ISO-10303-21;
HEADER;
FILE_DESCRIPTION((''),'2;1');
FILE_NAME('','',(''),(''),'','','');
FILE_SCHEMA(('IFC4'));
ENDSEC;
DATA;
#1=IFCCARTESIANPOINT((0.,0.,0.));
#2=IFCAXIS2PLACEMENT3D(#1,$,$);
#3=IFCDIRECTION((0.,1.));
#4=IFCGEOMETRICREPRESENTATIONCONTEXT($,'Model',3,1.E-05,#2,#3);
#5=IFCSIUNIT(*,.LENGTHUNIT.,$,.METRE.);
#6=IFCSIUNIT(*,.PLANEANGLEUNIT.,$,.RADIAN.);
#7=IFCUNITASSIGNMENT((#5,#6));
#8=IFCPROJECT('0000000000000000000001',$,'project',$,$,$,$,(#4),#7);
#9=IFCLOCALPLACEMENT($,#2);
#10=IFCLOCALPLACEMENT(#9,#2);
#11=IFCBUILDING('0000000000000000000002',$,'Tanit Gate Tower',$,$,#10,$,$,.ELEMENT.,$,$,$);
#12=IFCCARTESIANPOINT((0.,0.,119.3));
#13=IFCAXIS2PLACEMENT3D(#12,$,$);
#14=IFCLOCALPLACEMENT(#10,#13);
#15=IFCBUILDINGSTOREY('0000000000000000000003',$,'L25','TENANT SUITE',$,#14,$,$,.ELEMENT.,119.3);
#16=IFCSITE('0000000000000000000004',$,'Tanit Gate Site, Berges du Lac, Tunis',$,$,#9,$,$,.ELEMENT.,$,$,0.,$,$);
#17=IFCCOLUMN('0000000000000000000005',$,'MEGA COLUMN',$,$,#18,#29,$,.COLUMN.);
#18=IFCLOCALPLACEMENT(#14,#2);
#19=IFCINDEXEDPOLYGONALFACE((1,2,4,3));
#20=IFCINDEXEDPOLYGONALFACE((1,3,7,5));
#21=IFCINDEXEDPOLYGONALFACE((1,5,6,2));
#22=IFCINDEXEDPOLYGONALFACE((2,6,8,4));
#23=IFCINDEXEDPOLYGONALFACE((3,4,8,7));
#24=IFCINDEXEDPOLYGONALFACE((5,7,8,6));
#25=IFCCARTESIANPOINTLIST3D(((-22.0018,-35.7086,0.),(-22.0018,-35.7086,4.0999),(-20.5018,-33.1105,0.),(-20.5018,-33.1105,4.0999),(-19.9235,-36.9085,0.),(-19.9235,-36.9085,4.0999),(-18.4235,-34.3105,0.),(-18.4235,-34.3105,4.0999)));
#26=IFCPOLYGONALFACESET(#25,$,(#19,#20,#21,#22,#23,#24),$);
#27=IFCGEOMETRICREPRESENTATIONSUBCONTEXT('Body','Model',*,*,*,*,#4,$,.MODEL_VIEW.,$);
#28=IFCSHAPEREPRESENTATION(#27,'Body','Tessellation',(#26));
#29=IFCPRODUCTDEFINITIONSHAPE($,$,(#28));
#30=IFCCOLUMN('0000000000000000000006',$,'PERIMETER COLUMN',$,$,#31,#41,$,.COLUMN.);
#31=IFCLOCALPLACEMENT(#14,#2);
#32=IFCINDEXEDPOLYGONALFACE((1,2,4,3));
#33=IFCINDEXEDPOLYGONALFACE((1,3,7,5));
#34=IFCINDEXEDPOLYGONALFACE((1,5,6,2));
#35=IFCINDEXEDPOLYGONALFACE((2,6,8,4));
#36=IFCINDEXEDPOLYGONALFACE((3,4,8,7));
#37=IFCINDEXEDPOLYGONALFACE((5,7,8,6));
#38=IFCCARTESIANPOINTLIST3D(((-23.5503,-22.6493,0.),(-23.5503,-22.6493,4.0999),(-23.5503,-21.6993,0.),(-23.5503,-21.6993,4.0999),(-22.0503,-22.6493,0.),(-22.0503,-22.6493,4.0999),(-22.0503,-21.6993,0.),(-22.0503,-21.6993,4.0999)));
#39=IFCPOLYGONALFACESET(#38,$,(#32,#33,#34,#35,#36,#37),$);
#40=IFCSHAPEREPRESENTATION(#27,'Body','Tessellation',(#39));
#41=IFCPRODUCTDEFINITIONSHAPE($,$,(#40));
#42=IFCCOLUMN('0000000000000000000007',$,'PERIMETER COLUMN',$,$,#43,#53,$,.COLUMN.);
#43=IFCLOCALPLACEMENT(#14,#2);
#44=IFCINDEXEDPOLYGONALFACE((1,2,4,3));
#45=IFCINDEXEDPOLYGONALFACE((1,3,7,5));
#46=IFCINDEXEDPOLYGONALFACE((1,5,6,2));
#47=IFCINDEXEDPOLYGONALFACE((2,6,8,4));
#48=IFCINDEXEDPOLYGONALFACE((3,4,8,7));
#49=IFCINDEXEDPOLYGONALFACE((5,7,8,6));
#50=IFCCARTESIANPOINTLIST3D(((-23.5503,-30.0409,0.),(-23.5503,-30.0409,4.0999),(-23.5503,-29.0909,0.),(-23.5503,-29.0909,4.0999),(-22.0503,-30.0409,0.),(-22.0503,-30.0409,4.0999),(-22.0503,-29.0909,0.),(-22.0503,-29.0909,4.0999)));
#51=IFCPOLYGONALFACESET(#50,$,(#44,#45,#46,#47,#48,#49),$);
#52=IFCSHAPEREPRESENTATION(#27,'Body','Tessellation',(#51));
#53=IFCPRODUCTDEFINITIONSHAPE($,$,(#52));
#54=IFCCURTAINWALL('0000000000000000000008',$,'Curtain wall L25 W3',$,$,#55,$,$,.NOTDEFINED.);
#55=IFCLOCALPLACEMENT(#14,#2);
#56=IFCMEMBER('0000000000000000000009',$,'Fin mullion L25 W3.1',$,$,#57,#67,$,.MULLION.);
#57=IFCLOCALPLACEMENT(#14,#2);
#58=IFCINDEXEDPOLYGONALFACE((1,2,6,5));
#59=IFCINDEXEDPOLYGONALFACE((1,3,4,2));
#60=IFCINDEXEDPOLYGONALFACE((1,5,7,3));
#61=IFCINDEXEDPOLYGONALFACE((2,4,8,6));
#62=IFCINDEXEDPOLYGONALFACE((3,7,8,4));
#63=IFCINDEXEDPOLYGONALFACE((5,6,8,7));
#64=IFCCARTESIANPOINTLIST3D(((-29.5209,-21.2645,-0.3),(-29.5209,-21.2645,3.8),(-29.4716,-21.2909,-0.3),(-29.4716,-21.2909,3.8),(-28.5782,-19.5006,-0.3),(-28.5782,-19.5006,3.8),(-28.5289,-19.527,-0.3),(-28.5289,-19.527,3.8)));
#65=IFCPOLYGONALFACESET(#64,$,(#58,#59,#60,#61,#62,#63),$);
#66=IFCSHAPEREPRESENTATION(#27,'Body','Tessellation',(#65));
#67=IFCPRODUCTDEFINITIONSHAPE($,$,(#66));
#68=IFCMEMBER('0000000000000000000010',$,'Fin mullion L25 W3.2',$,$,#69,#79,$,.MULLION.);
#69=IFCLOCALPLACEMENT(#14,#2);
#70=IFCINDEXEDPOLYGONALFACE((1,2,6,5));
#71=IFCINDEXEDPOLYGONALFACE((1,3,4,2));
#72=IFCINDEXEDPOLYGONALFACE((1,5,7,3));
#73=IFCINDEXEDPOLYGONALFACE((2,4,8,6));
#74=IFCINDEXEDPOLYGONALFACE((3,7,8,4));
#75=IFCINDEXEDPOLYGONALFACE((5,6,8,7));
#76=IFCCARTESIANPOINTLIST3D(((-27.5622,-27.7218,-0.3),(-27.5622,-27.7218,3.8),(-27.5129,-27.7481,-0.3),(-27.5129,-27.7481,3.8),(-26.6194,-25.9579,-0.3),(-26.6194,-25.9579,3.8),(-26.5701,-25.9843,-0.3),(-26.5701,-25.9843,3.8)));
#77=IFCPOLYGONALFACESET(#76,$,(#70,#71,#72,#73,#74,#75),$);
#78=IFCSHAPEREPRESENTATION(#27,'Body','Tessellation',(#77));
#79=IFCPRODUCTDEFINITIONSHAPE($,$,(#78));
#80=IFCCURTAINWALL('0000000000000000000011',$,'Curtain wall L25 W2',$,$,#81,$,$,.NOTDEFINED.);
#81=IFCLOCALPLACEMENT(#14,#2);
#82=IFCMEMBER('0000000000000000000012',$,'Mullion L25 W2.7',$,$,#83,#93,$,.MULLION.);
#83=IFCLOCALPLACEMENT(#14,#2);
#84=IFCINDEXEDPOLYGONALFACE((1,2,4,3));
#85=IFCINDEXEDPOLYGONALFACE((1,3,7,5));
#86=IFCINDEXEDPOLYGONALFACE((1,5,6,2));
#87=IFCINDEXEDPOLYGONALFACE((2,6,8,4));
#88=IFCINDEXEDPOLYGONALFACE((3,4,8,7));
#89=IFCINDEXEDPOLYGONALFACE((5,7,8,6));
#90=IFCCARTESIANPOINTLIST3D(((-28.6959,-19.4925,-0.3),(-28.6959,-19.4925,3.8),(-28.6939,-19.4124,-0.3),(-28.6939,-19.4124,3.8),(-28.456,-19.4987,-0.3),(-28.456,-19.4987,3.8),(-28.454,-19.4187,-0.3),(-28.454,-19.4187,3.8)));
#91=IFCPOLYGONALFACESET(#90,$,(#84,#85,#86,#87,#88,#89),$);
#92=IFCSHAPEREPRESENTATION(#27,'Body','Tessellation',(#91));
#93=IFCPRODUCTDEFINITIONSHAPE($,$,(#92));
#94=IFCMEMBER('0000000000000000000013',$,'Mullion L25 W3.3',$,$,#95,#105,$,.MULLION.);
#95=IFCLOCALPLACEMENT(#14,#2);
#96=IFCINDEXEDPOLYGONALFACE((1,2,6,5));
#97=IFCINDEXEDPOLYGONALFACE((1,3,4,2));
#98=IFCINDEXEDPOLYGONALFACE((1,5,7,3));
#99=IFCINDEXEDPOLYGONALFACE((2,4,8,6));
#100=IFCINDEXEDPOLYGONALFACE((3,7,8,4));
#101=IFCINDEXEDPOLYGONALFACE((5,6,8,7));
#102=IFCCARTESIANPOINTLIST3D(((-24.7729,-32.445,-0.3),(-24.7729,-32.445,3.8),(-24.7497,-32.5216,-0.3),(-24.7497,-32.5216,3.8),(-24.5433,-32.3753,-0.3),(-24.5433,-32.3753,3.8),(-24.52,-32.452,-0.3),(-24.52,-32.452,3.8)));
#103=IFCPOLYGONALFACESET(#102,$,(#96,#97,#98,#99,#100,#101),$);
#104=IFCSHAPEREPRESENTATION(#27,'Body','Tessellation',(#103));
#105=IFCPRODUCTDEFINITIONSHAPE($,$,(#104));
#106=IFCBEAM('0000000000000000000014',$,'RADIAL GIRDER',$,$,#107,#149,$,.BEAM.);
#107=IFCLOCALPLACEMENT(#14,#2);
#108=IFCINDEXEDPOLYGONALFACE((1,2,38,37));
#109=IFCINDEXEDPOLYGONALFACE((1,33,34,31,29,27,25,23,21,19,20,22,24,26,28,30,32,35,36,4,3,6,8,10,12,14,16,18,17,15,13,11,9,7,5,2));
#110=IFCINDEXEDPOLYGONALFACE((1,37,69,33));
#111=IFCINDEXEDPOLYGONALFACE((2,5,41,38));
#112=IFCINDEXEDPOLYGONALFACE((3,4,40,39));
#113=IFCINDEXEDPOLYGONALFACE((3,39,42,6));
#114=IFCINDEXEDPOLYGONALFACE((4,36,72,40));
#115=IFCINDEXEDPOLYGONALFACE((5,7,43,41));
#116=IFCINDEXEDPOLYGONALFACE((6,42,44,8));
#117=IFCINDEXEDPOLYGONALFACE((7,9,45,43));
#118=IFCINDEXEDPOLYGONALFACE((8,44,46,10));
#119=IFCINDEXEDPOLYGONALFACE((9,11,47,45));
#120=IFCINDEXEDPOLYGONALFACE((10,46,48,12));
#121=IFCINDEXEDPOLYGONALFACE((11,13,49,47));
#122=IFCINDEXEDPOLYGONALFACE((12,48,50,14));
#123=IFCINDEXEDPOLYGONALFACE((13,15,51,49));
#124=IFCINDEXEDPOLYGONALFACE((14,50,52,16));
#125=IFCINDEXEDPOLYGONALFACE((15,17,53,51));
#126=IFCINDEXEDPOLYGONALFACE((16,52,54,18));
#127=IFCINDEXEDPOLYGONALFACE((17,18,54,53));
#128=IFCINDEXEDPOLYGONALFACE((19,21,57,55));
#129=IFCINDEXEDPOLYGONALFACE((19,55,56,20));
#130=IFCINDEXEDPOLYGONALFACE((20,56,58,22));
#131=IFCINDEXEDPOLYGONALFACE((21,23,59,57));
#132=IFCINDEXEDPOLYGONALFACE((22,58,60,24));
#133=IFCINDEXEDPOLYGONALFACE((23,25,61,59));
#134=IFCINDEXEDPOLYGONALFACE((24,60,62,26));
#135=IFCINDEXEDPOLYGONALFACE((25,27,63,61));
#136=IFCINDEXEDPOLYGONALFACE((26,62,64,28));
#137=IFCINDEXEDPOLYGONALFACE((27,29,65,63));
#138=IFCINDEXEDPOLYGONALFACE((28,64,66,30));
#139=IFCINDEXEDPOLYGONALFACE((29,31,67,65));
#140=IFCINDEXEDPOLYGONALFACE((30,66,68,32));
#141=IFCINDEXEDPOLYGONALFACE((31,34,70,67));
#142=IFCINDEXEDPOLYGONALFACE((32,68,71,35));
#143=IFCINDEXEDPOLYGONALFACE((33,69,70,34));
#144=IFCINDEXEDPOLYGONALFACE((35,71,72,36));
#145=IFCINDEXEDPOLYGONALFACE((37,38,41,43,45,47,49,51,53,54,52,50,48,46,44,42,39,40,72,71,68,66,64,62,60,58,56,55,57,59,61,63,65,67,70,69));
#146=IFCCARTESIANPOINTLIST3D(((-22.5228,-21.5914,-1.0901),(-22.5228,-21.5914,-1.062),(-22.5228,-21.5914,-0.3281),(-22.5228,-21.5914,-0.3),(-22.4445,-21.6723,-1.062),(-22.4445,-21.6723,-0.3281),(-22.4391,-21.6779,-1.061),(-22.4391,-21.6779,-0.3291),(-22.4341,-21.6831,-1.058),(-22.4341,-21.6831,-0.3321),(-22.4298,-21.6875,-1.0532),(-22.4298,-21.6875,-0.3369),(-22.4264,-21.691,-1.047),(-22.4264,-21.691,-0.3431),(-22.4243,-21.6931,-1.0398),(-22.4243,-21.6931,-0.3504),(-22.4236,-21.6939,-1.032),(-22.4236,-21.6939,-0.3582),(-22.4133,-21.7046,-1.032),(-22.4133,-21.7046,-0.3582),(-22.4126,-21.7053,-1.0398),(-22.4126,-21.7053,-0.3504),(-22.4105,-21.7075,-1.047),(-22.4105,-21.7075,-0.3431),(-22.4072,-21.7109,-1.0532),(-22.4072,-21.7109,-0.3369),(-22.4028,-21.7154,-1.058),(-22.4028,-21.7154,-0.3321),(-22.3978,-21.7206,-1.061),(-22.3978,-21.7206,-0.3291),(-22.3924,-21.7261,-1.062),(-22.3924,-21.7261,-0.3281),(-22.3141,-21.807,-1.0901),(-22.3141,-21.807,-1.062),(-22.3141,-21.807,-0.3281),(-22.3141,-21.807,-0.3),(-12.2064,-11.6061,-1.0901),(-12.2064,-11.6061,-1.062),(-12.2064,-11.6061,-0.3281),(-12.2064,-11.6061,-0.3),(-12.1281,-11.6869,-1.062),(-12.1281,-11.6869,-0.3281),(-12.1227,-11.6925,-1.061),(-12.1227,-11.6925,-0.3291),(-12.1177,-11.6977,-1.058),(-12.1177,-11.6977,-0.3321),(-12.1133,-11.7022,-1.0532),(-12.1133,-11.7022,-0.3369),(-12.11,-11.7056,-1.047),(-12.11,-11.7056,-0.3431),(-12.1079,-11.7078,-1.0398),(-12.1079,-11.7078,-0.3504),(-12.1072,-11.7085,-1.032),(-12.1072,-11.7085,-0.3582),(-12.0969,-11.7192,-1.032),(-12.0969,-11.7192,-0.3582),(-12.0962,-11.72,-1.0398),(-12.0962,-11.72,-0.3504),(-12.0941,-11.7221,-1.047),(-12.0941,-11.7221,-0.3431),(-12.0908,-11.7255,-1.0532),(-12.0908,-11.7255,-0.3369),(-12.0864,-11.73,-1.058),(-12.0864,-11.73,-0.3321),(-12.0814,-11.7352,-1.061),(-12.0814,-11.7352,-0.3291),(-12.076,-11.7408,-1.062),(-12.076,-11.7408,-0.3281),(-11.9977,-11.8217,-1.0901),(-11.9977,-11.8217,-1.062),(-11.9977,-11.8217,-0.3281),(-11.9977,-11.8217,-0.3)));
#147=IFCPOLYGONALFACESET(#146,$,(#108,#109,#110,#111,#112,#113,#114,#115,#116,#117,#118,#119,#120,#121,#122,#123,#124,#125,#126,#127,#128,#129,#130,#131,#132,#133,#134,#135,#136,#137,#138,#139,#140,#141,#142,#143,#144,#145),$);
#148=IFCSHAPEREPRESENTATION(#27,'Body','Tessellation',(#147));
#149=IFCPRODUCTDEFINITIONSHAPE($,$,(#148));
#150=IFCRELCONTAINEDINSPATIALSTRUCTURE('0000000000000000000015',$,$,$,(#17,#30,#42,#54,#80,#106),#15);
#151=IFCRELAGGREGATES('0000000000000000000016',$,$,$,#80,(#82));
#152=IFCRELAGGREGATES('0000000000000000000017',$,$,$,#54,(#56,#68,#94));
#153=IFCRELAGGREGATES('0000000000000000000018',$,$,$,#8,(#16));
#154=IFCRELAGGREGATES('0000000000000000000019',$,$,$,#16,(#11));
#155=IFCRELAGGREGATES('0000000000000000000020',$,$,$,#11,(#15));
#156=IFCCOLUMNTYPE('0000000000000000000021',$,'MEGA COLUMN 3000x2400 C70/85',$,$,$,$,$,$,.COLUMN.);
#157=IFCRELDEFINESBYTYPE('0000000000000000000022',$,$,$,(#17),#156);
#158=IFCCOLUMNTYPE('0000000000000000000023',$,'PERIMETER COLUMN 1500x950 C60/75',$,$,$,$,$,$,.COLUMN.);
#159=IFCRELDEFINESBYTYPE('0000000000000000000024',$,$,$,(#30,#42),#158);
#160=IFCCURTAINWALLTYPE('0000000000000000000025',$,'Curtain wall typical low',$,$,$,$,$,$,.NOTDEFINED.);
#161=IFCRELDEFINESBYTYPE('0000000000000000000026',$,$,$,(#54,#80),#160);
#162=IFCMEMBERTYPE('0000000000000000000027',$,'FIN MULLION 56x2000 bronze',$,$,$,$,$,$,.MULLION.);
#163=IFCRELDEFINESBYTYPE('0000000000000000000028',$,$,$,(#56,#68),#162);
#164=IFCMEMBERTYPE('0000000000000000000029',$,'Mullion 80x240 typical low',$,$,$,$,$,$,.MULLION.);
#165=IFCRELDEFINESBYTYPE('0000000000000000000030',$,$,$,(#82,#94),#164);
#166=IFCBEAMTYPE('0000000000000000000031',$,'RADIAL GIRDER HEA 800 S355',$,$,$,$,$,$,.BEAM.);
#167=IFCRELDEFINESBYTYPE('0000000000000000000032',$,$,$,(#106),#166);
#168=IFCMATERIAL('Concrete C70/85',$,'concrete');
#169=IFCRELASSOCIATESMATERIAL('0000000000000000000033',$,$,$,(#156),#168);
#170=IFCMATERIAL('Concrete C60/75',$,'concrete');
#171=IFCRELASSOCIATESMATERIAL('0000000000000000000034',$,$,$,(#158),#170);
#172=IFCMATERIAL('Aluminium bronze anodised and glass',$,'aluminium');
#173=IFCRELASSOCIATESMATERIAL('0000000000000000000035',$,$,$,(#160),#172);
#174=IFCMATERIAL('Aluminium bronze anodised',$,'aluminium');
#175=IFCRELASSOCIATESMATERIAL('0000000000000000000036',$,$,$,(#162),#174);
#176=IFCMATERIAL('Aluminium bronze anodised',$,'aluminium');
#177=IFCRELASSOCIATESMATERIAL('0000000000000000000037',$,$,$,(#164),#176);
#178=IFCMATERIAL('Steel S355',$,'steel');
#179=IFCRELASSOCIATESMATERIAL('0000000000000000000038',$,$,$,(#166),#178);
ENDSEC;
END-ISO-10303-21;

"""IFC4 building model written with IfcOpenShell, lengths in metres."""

from ifc_helpers import new_model, si_unit, direction, frame, origin, origin_2d, place, context, subcontext, project, spatial, rectangle, i_section, extrude, material, material_profile, profile_set, type_object, element, aggregate, save


model = new_model("IFC4")

# Units and contexts
model_context = context("Model", 3, precision=1e-05, world=origin(), true_north=direction((0.0, 1.0)))
body_context = subcontext(model_context, "Body", "Model", "MODEL_VIEW")
ifc_project = project(units=[si_unit("LENGTHUNIT", "METRE"), si_unit("PLANEANGLEUNIT", "RADIAN")], contexts=[model_context])

# Site, building, storey
site_placement = place(None, origin())
site = spatial("IfcSite", under=ifc_project, at=site_placement, Name="Tanit Gate Site, Berges du Lac, Tunis", CompositionType="ELEMENT", RefElevation=0.0)
building_placement = place(site_placement, origin())
building = spatial("IfcBuilding", under=site, at=building_placement, Name="Tanit Gate Tower", CompositionType="ELEMENT")
storey_placement = place(building_placement, frame((0.0, 0.0, 119.3)))
storey = spatial("IfcBuildingStorey", under=building, at=storey_placement, Name="L25", Description="TENANT SUITE", CompositionType="ELEMENT", Elevation=119.3)

# Columns
ifc_material_1 = material(Name="Concrete C70/85", Category="concrete")
ifc_material_profile_1 = material_profile(ifc_material_1, rectangle(XDim=3.0, YDim=2.3999, at=origin_2d()), Name="RC 3000x2400")
ifc_profile_set_1 = profile_set([ifc_material_profile_1], Name="Concrete C70/85")
column_type_1 = type_object("IfcColumnType", Name="MEGA COLUMN 3000x2400 C70/85", PredefinedType="COLUMN", material=ifc_profile_set_1)
column_placement = place(storey_placement, frame((-20.2126, -35.0095, 0.0), z_axis=(0.0, 0.0, 1.0), x_axis=(-0.5, -0.866025, 0.0)))
element("IfcColumn", 1, at=column_placement, inside=storey, type_object=column_type_1, Name="MEGA COLUMN", PredefinedType="COLUMN", context=body_context, shape_type="SweptSolid", body=[
    extrude(rectangle(XDim=3.0, YDim=2.3999, at=origin_2d()), origin(), (0.0, 0.0, 1.0), 4.0999),
])
ifc_material_2 = material(Name="Concrete C60/75", Category="concrete")
ifc_material_profile_2 = material_profile(ifc_material_2, rectangle(XDim=1.5, YDim=0.95, at=origin_2d()), Name="RC 1500x950")
ifc_profile_set_2 = profile_set([ifc_material_profile_2], Name="Concrete C60/75")
column_type_2 = type_object("IfcColumnType", Name="PERIMETER COLUMN 1500x950 C60/75", PredefinedType="COLUMN", material=ifc_profile_set_2)
for number, where, z_axis, x_axis, name in (
    (2, (-22.8003, -22.1743, 0.0), (0.0, 0.0, 1.0), (-1.0, 0.0, 0.0), "PERIMETER COLUMN"),
    (3, (-22.8003, -29.5659, 0.0), (0.0, 0.0, 1.0), (-1.0, 0.0, 0.0), "PERIMETER COLUMN"),
):
    element("IfcColumn", number, at=place(storey_placement, frame(where, z_axis=z_axis, x_axis=x_axis)), inside=storey, type_object=column_type_2, Name=name, PredefinedType="COLUMN", context=body_context, shape_type="SweptSolid", body=[
        extrude(rectangle(XDim=1.5, YDim=0.95, at=origin_2d()), origin(), (0.0, 0.0, 1.0), 4.0999),
    ])

# Curtain wall, members
ifc_material_3 = material(Name="Aluminium bronze anodised and glass", Category="aluminium")
curtain_wall_type = type_object("IfcCurtainWallType", Name="Curtain wall typical low", PredefinedType="NOTDEFINED", material=ifc_material_3)
curtain_wall_1_placement = place(storey_placement, origin())
curtain_wall_1 = element("IfcCurtainWall", 4, at=curtain_wall_1_placement, inside=storey, type_object=curtain_wall_type, Name="Curtain wall L25 W3", PredefinedType="NOTDEFINED")
ifc_material_4 = material(Name="Aluminium bronze anodised", Category="aluminium")
ifc_material_profile_3 = material_profile(ifc_material_4, rectangle(XDim=2.0, YDim=0.0559, at=origin_2d()), Name="56x2000 bronze fin mullion")
ifc_profile_set_3 = profile_set([ifc_material_profile_3], Name="Aluminium bronze anodised")
member_type_1 = type_object("IfcMemberType", Name="FIN MULLION 56x2000 bronze", PredefinedType="MULLION", material=ifc_profile_set_3)
member_1_placement = place(storey_placement, frame((-29.0249, -20.3958, -0.3), z_axis=(0.0, 0.0, 1.0), x_axis=(0.471378, 0.881931, 0.0)))
member_1 = element("IfcMember", 5, at=member_1_placement, type_object=member_type_1, Name="Fin mullion L25 W3.1", PredefinedType="MULLION", context=body_context, shape_type="SweptSolid", body=[
    extrude(rectangle(XDim=2.0, YDim=0.0559, at=origin_2d()), origin(), (0.0, 0.0, 1.0), 4.1001),
])
member_2_placement = place(storey_placement, frame((-27.0662, -26.853, -0.3), z_axis=(0.0, 0.0, 1.0), x_axis=(0.471378, 0.881931, 0.0)))
member_2 = element("IfcMember", 6, at=member_2_placement, type_object=member_type_1, Name="Fin mullion L25 W3.2", PredefinedType="MULLION", context=body_context, shape_type="SweptSolid", body=[
    extrude(rectangle(XDim=2.0, YDim=0.0559, at=origin_2d()), origin(), (0.0, 0.0, 1.0), 4.1001),
])

# Curtain wall, member
curtain_wall_2_placement = place(storey_placement, origin())
curtain_wall_2 = element("IfcCurtainWall", 7, at=curtain_wall_2_placement, inside=storey, type_object=curtain_wall_type, Name="Curtain wall L25 W2", PredefinedType="NOTDEFINED")
ifc_material_5 = material(Name="Aluminium bronze anodised", Category="aluminium")
ifc_material_profile_4 = material_profile(ifc_material_5, rectangle(XDim=0.24, YDim=0.0801, at=origin_2d()), Name="80x240 bronze mullion")
ifc_profile_set_4 = profile_set([ifc_material_profile_4], Name="Aluminium bronze anodised")
member_type_2 = type_object("IfcMemberType", Name="Mullion 80x240 typical low", PredefinedType="MULLION", material=ifc_profile_set_4)
member_3_placement = place(storey_placement, frame((-28.575, -19.4556, -0.3), z_axis=(0.0, 0.0, 1.0), x_axis=(0.99966, -0.026063, 0.0)))
member_3 = element("IfcMember", 8, at=member_3_placement, type_object=member_type_2, Name="Mullion L25 W2.7", PredefinedType="MULLION", context=body_context, shape_type="SweptSolid", body=[
    extrude(rectangle(XDim=0.24, YDim=0.0801, at=origin_2d()), origin(), (0.0, 0.0, 1.0), 4.1001),
])
aggregate(curtain_wall_2, [member_3])

# Member
member_4_placement = place(storey_placement, frame((-24.6465, -32.4485, -0.3), z_axis=(0.0, 0.0, 1.0), x_axis=(0.956934, 0.290305, 0.0)))
member_4 = element("IfcMember", 9, at=member_4_placement, type_object=member_type_2, Name="Mullion L25 W3.3", PredefinedType="MULLION", context=body_context, shape_type="SweptSolid", body=[
    extrude(rectangle(XDim=0.24, YDim=0.0801, at=origin_2d()), origin(), (0.0, 0.0, 1.0), 4.1001),
])

# Beam
ifc_material_6 = material(Name="Steel S355", Category="steel")
ifc_material_profile_5 = material_profile(ifc_material_6, i_section(OverallWidth=0.3, OverallDepth=0.79, WebThickness=0.0149, FlangeThickness=0.0281, FilletRadius=0.03, at=origin_2d()), Name="HEA 800")
ifc_profile_set_5 = profile_set([ifc_material_profile_5], Name="Steel S355")
beam_type_1 = type_object("IfcBeamType", Name="RADIAL GIRDER HEA 800 S355", PredefinedType="BEAM", material=ifc_profile_set_5)
beam_1_placement = place(storey_placement, frame((-22.4185, -21.6992, -0.6951), z_axis=(0.718542, 0.695484, 0.0), x_axis=(-0.695484, 0.718542, 0.0)))
element("IfcBeam", 10, at=beam_1_placement, inside=storey, type_object=beam_type_1, Name="RADIAL GIRDER", PredefinedType="BEAM", context=body_context, shape_type="SweptSolid", body=[
    extrude(i_section(OverallWidth=0.3, OverallDepth=0.79, WebThickness=0.0149, FlangeThickness=0.0281, FilletRadius=0.03, at=origin_2d()), origin(), (0.0, 0.0, 1.0), 14.3574),
])

aggregate(curtain_wall_1, [member_1, member_2, member_4])

save(model, "model.ifc")
